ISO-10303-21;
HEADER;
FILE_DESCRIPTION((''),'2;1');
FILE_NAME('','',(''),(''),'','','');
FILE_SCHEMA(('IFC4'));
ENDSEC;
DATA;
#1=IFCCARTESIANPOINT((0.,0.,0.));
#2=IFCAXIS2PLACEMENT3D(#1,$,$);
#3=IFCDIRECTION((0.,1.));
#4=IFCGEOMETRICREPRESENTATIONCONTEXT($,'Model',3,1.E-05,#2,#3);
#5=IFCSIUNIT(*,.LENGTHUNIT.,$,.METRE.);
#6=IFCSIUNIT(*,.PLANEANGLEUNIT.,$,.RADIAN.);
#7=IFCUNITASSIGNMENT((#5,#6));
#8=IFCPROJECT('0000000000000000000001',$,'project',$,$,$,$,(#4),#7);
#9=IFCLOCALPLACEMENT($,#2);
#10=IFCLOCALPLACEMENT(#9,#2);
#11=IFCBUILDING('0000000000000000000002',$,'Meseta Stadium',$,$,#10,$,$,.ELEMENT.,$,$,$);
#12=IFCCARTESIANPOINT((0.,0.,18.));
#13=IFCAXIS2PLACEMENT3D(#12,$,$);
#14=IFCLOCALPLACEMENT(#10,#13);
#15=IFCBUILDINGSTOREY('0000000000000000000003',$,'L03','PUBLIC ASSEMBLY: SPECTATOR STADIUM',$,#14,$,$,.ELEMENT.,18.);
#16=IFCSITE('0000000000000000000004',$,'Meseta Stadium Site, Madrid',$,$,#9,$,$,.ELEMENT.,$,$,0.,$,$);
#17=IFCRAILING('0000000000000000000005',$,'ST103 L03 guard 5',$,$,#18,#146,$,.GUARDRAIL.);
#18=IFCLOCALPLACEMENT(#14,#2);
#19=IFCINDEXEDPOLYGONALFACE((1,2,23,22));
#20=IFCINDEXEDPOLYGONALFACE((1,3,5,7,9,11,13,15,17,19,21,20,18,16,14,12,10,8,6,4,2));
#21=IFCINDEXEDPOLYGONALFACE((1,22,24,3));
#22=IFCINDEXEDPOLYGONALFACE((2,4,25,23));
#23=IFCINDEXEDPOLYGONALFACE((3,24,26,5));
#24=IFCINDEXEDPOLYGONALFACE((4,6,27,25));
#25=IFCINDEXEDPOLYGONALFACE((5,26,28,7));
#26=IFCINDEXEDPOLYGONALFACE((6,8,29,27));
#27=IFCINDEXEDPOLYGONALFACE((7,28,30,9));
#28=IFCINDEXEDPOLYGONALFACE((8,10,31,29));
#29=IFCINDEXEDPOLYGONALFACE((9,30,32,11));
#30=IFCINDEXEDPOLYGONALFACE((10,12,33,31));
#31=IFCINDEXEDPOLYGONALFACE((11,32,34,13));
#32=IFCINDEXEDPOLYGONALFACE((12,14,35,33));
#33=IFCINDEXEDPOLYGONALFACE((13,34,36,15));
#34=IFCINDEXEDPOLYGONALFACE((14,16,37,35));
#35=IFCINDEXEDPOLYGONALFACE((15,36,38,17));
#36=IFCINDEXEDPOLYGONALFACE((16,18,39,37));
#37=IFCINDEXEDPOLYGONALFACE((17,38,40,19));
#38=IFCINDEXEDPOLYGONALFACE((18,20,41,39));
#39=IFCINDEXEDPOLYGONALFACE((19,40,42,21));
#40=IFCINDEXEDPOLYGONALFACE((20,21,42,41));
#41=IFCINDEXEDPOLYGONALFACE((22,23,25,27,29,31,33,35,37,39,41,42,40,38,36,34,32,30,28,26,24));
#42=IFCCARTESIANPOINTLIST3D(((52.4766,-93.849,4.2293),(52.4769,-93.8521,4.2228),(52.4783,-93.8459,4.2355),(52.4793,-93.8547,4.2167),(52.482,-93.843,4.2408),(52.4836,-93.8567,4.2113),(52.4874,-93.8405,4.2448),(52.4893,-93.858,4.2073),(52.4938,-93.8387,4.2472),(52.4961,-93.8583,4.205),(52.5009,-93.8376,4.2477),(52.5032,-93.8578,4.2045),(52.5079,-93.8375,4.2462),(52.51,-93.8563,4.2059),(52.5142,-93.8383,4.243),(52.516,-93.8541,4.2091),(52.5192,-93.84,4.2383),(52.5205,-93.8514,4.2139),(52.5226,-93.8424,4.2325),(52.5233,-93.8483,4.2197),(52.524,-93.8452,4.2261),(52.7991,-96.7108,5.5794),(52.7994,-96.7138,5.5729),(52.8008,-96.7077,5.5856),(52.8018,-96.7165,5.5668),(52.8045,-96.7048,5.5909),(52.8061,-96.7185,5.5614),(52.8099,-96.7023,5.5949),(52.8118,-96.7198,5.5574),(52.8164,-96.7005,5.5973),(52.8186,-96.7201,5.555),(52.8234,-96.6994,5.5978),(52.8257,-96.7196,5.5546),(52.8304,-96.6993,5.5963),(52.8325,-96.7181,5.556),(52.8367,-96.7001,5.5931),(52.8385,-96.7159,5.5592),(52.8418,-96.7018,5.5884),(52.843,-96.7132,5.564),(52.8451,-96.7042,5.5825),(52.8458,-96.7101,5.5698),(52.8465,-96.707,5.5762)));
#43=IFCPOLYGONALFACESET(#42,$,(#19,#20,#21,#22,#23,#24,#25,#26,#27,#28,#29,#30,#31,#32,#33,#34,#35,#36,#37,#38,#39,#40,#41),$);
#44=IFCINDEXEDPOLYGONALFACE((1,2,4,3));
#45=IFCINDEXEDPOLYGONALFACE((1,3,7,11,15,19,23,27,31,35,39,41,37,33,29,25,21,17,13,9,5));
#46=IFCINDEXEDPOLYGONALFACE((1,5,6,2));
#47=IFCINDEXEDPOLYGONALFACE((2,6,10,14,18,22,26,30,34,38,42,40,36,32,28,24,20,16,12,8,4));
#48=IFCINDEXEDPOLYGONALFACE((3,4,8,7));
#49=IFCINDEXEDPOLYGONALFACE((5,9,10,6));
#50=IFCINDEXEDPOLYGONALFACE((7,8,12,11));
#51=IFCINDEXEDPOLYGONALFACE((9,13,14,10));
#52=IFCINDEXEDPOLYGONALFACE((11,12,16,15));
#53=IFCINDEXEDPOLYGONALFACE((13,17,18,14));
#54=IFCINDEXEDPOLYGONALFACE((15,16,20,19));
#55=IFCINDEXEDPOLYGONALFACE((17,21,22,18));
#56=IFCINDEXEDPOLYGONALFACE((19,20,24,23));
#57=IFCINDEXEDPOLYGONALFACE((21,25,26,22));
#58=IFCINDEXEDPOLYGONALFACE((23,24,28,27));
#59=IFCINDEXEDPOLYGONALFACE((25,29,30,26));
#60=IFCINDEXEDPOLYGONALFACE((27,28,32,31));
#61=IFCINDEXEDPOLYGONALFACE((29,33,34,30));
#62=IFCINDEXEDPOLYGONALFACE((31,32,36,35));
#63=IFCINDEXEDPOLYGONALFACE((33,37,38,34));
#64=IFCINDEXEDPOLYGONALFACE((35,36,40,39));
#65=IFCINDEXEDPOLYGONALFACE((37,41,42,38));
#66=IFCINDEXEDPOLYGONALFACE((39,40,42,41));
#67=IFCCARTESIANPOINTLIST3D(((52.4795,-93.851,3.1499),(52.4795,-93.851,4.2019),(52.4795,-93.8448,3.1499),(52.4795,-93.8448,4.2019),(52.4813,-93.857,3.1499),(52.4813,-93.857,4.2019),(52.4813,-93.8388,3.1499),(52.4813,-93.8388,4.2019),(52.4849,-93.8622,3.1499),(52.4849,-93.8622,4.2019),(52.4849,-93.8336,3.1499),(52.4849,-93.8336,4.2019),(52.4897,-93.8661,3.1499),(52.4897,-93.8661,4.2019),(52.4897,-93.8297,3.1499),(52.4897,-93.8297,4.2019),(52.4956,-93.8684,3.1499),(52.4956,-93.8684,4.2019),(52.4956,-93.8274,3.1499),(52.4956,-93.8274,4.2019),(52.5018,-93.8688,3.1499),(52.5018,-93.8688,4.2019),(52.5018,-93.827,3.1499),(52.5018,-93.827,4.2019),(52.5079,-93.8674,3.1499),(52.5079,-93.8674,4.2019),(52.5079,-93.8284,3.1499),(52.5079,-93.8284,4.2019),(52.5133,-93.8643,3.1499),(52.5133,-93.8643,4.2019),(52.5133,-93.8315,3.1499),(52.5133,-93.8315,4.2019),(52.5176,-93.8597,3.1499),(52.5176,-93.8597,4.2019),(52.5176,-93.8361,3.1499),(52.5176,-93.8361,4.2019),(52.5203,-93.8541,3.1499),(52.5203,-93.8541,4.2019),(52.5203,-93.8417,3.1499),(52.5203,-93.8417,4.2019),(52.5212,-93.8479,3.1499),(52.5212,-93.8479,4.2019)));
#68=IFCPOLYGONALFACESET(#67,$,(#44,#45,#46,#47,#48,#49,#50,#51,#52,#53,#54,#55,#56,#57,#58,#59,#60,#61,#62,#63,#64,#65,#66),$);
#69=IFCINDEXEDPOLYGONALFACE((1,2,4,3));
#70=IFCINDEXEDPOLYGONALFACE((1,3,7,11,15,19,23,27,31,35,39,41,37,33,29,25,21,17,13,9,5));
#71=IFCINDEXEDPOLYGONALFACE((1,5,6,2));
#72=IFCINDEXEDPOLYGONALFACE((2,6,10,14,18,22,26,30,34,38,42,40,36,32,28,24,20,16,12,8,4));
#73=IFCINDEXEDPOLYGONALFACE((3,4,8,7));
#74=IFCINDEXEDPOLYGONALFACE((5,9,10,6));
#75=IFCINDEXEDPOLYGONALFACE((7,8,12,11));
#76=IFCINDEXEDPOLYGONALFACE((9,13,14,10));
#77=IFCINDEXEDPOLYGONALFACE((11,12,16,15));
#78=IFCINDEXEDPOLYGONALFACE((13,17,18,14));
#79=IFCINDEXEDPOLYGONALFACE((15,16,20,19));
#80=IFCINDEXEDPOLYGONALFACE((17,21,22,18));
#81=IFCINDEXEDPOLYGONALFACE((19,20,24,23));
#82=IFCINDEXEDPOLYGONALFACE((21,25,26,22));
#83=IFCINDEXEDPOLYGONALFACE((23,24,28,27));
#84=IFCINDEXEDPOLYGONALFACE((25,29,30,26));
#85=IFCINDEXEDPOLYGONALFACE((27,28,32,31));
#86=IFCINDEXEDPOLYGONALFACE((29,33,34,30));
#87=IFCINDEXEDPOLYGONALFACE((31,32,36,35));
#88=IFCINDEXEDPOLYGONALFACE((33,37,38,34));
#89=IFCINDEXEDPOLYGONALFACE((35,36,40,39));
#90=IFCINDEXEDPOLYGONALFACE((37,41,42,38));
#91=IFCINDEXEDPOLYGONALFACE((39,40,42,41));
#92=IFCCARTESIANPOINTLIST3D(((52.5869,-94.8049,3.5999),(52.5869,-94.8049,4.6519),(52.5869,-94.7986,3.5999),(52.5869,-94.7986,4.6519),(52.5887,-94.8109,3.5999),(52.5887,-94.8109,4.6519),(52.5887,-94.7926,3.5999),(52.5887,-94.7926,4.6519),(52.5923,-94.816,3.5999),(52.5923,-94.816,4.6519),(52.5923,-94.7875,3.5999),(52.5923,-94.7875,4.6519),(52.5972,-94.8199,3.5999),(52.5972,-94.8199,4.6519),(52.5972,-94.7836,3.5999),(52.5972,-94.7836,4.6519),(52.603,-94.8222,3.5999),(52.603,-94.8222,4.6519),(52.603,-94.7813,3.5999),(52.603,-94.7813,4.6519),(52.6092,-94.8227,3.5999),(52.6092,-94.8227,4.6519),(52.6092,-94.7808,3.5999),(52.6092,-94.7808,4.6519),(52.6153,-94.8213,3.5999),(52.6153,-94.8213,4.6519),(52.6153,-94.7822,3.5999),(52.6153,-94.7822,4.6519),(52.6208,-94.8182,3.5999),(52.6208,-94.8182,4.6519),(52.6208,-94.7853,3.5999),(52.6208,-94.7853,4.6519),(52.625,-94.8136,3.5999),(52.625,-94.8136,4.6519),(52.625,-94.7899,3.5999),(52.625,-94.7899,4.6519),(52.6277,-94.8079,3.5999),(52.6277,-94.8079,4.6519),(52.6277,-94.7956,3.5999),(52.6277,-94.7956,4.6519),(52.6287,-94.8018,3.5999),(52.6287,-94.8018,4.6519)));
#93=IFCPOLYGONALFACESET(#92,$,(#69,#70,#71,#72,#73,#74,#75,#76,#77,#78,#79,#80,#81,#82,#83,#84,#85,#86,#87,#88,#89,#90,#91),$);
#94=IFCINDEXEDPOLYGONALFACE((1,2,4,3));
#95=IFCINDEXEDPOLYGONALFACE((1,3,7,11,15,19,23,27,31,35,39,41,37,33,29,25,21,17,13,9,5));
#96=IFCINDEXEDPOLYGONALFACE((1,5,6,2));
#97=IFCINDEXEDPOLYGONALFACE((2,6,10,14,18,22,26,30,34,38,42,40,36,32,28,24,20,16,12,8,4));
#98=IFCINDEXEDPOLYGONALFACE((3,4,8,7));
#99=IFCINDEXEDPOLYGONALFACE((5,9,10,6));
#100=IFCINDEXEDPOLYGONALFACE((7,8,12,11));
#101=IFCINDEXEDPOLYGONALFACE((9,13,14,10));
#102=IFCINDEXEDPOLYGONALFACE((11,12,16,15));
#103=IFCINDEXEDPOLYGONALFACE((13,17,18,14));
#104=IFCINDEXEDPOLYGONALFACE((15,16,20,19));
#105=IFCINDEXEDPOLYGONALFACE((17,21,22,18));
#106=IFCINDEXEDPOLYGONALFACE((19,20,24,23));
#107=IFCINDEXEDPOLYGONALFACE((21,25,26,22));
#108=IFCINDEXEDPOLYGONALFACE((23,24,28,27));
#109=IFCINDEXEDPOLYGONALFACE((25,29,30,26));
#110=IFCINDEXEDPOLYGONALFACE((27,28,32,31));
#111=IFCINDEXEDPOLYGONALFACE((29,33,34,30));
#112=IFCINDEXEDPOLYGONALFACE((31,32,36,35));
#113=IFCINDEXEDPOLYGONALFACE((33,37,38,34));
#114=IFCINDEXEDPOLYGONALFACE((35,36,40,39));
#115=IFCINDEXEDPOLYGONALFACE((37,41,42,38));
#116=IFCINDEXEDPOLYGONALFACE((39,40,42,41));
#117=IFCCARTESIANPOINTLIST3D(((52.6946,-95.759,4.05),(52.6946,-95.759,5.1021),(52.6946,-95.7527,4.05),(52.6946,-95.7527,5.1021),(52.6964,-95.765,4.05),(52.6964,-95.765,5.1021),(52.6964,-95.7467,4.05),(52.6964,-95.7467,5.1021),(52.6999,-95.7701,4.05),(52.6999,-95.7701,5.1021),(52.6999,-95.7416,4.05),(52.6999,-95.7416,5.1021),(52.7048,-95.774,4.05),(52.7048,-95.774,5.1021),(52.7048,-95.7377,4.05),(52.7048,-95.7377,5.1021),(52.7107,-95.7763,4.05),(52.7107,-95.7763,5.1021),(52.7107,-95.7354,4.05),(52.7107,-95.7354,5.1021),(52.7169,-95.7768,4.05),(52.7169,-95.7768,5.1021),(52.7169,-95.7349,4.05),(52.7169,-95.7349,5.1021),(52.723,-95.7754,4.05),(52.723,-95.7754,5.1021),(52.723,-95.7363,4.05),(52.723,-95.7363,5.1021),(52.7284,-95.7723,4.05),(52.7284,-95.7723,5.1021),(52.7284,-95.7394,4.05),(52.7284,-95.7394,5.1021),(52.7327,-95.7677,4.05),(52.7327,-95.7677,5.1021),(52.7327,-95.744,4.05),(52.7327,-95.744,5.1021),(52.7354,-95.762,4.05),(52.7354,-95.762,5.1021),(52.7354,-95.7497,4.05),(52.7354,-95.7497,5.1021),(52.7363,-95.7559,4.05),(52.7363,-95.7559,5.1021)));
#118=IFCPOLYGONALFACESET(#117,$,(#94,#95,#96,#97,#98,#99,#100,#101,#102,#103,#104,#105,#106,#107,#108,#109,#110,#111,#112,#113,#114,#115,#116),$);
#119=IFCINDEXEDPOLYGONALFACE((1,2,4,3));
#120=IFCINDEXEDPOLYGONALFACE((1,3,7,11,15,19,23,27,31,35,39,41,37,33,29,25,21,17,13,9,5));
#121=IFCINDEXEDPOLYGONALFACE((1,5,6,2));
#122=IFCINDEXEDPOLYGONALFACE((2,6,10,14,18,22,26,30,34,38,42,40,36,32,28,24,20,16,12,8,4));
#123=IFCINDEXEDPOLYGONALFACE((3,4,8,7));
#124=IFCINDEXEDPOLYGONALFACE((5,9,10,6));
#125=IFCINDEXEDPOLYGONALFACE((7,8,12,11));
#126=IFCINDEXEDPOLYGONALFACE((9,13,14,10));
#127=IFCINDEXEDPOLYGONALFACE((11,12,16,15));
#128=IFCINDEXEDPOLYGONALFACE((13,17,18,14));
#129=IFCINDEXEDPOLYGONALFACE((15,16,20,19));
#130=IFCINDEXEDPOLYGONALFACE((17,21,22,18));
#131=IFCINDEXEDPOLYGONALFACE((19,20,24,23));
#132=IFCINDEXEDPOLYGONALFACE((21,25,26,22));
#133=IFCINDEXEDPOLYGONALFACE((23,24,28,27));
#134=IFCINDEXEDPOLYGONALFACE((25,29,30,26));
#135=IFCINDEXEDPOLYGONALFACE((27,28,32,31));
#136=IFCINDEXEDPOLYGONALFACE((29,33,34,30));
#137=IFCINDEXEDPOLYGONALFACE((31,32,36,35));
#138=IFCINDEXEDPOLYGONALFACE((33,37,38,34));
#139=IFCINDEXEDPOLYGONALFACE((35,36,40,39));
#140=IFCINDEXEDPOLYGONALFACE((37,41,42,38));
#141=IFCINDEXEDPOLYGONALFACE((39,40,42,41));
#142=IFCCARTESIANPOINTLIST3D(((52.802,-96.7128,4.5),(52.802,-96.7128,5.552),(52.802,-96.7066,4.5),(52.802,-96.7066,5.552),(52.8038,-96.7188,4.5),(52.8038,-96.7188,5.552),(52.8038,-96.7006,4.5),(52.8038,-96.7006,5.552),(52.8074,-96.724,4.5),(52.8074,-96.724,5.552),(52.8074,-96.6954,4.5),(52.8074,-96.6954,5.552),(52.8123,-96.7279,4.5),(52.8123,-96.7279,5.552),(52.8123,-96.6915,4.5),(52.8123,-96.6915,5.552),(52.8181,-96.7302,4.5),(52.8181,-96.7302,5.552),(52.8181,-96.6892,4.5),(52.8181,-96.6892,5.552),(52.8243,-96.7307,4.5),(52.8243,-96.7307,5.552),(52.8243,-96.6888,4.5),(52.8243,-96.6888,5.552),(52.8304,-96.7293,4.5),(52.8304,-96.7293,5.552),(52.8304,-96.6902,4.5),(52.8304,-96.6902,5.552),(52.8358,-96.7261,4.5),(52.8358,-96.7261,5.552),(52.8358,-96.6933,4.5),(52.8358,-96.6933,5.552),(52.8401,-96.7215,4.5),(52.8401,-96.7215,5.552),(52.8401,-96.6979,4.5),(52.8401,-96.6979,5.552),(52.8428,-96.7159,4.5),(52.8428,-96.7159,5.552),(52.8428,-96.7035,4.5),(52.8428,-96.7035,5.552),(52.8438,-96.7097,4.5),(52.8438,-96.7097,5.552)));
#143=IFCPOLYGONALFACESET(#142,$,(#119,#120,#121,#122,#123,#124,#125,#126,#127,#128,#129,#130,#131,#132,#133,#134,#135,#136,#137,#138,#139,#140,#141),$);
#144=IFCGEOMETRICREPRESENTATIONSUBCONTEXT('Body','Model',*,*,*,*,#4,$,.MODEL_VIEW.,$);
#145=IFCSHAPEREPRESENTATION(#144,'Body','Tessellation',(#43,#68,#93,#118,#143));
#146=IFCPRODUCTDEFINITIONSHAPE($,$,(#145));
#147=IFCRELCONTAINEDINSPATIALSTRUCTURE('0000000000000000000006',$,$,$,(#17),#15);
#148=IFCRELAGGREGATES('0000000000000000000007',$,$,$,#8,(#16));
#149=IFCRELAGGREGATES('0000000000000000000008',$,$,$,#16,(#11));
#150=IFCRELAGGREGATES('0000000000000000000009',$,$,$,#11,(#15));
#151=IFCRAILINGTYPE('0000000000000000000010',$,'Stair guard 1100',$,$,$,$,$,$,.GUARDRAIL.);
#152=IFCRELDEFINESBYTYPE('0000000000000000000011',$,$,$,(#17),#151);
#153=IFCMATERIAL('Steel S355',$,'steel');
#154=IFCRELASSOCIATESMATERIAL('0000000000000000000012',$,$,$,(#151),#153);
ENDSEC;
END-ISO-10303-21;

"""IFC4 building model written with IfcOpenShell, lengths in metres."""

from ifc_helpers import new_model, si_unit, direction, frame, origin, origin_2d, place, context, subcontext, project, spatial, circle, extrude, material, type_object, element, save


model = new_model("IFC4")

# Units and contexts
model_context = context("Model", 3, precision=1e-05, world=origin(), true_north=direction((0.0, 1.0)))
body_context = subcontext(model_context, "Body", "Model", "MODEL_VIEW")
ifc_project = project(units=[si_unit("LENGTHUNIT", "METRE"), si_unit("PLANEANGLEUNIT", "RADIAN")], contexts=[model_context])

# Site, building, storey
site_placement = place(None, origin())
site = spatial("IfcSite", under=ifc_project, at=site_placement, Name="Meseta Stadium Site, Madrid", CompositionType="ELEMENT", RefElevation=0.0)
building_placement = place(site_placement, origin())
building = spatial("IfcBuilding", under=site, at=building_placement, Name="Meseta Stadium", CompositionType="ELEMENT")
storey_placement = place(building_placement, frame((0.0, 0.0, 18.0)))
storey = spatial("IfcBuildingStorey", under=building, at=storey_placement, Name="L03", Description="PUBLIC ASSEMBLY: SPECTATOR STADIUM", CompositionType="ELEMENT", Elevation=18.0)

# Railing
ifc_material_1 = material(Name="Steel S355", Category="steel")
railing_type_1 = type_object("IfcRailingType", Name="Stair guard 1100", PredefinedType="GUARDRAIL", material=ifc_material_1)
railing_1_placement = place(storey_placement, frame((52.5002, -93.8479, 3.1499)))
element("IfcRailing", 1, at=railing_1_placement, inside=storey, type_object=railing_type_1, Name="ST103 L03 guard 5", PredefinedType="GUARDRAIL", context=body_context, shape_type="SweptSolid", body=[
    extrude(circle(Radius=0.0239, at=origin_2d()), frame((0.0, 0.0, 1.0762), z_axis=(0.101396, -0.899748, 0.424467), x_axis=(0.99371, 0.111985, 0.0)), (0.0, 0.0, 1.0), 3.1807),
    extrude(circle(Radius=0.021, at=origin_2d()), origin(), (0.0, 0.0, 1.0), 1.052),
    extrude(circle(Radius=0.021, at=origin_2d()), frame((0.1074, -0.9539, 0.45)), (0.0, 0.0, 1.0), 1.052),
    extrude(circle(Radius=0.021, at=origin_2d()), frame((0.2151, -1.908, 0.9001)), (0.0, 0.0, 1.0), 1.052),
    extrude(circle(Radius=0.021, at=origin_2d()), frame((0.3225, -2.8618, 1.3501)), (0.0, 0.0, 1.0), 1.052),
])

save(model, "model.ifc")
